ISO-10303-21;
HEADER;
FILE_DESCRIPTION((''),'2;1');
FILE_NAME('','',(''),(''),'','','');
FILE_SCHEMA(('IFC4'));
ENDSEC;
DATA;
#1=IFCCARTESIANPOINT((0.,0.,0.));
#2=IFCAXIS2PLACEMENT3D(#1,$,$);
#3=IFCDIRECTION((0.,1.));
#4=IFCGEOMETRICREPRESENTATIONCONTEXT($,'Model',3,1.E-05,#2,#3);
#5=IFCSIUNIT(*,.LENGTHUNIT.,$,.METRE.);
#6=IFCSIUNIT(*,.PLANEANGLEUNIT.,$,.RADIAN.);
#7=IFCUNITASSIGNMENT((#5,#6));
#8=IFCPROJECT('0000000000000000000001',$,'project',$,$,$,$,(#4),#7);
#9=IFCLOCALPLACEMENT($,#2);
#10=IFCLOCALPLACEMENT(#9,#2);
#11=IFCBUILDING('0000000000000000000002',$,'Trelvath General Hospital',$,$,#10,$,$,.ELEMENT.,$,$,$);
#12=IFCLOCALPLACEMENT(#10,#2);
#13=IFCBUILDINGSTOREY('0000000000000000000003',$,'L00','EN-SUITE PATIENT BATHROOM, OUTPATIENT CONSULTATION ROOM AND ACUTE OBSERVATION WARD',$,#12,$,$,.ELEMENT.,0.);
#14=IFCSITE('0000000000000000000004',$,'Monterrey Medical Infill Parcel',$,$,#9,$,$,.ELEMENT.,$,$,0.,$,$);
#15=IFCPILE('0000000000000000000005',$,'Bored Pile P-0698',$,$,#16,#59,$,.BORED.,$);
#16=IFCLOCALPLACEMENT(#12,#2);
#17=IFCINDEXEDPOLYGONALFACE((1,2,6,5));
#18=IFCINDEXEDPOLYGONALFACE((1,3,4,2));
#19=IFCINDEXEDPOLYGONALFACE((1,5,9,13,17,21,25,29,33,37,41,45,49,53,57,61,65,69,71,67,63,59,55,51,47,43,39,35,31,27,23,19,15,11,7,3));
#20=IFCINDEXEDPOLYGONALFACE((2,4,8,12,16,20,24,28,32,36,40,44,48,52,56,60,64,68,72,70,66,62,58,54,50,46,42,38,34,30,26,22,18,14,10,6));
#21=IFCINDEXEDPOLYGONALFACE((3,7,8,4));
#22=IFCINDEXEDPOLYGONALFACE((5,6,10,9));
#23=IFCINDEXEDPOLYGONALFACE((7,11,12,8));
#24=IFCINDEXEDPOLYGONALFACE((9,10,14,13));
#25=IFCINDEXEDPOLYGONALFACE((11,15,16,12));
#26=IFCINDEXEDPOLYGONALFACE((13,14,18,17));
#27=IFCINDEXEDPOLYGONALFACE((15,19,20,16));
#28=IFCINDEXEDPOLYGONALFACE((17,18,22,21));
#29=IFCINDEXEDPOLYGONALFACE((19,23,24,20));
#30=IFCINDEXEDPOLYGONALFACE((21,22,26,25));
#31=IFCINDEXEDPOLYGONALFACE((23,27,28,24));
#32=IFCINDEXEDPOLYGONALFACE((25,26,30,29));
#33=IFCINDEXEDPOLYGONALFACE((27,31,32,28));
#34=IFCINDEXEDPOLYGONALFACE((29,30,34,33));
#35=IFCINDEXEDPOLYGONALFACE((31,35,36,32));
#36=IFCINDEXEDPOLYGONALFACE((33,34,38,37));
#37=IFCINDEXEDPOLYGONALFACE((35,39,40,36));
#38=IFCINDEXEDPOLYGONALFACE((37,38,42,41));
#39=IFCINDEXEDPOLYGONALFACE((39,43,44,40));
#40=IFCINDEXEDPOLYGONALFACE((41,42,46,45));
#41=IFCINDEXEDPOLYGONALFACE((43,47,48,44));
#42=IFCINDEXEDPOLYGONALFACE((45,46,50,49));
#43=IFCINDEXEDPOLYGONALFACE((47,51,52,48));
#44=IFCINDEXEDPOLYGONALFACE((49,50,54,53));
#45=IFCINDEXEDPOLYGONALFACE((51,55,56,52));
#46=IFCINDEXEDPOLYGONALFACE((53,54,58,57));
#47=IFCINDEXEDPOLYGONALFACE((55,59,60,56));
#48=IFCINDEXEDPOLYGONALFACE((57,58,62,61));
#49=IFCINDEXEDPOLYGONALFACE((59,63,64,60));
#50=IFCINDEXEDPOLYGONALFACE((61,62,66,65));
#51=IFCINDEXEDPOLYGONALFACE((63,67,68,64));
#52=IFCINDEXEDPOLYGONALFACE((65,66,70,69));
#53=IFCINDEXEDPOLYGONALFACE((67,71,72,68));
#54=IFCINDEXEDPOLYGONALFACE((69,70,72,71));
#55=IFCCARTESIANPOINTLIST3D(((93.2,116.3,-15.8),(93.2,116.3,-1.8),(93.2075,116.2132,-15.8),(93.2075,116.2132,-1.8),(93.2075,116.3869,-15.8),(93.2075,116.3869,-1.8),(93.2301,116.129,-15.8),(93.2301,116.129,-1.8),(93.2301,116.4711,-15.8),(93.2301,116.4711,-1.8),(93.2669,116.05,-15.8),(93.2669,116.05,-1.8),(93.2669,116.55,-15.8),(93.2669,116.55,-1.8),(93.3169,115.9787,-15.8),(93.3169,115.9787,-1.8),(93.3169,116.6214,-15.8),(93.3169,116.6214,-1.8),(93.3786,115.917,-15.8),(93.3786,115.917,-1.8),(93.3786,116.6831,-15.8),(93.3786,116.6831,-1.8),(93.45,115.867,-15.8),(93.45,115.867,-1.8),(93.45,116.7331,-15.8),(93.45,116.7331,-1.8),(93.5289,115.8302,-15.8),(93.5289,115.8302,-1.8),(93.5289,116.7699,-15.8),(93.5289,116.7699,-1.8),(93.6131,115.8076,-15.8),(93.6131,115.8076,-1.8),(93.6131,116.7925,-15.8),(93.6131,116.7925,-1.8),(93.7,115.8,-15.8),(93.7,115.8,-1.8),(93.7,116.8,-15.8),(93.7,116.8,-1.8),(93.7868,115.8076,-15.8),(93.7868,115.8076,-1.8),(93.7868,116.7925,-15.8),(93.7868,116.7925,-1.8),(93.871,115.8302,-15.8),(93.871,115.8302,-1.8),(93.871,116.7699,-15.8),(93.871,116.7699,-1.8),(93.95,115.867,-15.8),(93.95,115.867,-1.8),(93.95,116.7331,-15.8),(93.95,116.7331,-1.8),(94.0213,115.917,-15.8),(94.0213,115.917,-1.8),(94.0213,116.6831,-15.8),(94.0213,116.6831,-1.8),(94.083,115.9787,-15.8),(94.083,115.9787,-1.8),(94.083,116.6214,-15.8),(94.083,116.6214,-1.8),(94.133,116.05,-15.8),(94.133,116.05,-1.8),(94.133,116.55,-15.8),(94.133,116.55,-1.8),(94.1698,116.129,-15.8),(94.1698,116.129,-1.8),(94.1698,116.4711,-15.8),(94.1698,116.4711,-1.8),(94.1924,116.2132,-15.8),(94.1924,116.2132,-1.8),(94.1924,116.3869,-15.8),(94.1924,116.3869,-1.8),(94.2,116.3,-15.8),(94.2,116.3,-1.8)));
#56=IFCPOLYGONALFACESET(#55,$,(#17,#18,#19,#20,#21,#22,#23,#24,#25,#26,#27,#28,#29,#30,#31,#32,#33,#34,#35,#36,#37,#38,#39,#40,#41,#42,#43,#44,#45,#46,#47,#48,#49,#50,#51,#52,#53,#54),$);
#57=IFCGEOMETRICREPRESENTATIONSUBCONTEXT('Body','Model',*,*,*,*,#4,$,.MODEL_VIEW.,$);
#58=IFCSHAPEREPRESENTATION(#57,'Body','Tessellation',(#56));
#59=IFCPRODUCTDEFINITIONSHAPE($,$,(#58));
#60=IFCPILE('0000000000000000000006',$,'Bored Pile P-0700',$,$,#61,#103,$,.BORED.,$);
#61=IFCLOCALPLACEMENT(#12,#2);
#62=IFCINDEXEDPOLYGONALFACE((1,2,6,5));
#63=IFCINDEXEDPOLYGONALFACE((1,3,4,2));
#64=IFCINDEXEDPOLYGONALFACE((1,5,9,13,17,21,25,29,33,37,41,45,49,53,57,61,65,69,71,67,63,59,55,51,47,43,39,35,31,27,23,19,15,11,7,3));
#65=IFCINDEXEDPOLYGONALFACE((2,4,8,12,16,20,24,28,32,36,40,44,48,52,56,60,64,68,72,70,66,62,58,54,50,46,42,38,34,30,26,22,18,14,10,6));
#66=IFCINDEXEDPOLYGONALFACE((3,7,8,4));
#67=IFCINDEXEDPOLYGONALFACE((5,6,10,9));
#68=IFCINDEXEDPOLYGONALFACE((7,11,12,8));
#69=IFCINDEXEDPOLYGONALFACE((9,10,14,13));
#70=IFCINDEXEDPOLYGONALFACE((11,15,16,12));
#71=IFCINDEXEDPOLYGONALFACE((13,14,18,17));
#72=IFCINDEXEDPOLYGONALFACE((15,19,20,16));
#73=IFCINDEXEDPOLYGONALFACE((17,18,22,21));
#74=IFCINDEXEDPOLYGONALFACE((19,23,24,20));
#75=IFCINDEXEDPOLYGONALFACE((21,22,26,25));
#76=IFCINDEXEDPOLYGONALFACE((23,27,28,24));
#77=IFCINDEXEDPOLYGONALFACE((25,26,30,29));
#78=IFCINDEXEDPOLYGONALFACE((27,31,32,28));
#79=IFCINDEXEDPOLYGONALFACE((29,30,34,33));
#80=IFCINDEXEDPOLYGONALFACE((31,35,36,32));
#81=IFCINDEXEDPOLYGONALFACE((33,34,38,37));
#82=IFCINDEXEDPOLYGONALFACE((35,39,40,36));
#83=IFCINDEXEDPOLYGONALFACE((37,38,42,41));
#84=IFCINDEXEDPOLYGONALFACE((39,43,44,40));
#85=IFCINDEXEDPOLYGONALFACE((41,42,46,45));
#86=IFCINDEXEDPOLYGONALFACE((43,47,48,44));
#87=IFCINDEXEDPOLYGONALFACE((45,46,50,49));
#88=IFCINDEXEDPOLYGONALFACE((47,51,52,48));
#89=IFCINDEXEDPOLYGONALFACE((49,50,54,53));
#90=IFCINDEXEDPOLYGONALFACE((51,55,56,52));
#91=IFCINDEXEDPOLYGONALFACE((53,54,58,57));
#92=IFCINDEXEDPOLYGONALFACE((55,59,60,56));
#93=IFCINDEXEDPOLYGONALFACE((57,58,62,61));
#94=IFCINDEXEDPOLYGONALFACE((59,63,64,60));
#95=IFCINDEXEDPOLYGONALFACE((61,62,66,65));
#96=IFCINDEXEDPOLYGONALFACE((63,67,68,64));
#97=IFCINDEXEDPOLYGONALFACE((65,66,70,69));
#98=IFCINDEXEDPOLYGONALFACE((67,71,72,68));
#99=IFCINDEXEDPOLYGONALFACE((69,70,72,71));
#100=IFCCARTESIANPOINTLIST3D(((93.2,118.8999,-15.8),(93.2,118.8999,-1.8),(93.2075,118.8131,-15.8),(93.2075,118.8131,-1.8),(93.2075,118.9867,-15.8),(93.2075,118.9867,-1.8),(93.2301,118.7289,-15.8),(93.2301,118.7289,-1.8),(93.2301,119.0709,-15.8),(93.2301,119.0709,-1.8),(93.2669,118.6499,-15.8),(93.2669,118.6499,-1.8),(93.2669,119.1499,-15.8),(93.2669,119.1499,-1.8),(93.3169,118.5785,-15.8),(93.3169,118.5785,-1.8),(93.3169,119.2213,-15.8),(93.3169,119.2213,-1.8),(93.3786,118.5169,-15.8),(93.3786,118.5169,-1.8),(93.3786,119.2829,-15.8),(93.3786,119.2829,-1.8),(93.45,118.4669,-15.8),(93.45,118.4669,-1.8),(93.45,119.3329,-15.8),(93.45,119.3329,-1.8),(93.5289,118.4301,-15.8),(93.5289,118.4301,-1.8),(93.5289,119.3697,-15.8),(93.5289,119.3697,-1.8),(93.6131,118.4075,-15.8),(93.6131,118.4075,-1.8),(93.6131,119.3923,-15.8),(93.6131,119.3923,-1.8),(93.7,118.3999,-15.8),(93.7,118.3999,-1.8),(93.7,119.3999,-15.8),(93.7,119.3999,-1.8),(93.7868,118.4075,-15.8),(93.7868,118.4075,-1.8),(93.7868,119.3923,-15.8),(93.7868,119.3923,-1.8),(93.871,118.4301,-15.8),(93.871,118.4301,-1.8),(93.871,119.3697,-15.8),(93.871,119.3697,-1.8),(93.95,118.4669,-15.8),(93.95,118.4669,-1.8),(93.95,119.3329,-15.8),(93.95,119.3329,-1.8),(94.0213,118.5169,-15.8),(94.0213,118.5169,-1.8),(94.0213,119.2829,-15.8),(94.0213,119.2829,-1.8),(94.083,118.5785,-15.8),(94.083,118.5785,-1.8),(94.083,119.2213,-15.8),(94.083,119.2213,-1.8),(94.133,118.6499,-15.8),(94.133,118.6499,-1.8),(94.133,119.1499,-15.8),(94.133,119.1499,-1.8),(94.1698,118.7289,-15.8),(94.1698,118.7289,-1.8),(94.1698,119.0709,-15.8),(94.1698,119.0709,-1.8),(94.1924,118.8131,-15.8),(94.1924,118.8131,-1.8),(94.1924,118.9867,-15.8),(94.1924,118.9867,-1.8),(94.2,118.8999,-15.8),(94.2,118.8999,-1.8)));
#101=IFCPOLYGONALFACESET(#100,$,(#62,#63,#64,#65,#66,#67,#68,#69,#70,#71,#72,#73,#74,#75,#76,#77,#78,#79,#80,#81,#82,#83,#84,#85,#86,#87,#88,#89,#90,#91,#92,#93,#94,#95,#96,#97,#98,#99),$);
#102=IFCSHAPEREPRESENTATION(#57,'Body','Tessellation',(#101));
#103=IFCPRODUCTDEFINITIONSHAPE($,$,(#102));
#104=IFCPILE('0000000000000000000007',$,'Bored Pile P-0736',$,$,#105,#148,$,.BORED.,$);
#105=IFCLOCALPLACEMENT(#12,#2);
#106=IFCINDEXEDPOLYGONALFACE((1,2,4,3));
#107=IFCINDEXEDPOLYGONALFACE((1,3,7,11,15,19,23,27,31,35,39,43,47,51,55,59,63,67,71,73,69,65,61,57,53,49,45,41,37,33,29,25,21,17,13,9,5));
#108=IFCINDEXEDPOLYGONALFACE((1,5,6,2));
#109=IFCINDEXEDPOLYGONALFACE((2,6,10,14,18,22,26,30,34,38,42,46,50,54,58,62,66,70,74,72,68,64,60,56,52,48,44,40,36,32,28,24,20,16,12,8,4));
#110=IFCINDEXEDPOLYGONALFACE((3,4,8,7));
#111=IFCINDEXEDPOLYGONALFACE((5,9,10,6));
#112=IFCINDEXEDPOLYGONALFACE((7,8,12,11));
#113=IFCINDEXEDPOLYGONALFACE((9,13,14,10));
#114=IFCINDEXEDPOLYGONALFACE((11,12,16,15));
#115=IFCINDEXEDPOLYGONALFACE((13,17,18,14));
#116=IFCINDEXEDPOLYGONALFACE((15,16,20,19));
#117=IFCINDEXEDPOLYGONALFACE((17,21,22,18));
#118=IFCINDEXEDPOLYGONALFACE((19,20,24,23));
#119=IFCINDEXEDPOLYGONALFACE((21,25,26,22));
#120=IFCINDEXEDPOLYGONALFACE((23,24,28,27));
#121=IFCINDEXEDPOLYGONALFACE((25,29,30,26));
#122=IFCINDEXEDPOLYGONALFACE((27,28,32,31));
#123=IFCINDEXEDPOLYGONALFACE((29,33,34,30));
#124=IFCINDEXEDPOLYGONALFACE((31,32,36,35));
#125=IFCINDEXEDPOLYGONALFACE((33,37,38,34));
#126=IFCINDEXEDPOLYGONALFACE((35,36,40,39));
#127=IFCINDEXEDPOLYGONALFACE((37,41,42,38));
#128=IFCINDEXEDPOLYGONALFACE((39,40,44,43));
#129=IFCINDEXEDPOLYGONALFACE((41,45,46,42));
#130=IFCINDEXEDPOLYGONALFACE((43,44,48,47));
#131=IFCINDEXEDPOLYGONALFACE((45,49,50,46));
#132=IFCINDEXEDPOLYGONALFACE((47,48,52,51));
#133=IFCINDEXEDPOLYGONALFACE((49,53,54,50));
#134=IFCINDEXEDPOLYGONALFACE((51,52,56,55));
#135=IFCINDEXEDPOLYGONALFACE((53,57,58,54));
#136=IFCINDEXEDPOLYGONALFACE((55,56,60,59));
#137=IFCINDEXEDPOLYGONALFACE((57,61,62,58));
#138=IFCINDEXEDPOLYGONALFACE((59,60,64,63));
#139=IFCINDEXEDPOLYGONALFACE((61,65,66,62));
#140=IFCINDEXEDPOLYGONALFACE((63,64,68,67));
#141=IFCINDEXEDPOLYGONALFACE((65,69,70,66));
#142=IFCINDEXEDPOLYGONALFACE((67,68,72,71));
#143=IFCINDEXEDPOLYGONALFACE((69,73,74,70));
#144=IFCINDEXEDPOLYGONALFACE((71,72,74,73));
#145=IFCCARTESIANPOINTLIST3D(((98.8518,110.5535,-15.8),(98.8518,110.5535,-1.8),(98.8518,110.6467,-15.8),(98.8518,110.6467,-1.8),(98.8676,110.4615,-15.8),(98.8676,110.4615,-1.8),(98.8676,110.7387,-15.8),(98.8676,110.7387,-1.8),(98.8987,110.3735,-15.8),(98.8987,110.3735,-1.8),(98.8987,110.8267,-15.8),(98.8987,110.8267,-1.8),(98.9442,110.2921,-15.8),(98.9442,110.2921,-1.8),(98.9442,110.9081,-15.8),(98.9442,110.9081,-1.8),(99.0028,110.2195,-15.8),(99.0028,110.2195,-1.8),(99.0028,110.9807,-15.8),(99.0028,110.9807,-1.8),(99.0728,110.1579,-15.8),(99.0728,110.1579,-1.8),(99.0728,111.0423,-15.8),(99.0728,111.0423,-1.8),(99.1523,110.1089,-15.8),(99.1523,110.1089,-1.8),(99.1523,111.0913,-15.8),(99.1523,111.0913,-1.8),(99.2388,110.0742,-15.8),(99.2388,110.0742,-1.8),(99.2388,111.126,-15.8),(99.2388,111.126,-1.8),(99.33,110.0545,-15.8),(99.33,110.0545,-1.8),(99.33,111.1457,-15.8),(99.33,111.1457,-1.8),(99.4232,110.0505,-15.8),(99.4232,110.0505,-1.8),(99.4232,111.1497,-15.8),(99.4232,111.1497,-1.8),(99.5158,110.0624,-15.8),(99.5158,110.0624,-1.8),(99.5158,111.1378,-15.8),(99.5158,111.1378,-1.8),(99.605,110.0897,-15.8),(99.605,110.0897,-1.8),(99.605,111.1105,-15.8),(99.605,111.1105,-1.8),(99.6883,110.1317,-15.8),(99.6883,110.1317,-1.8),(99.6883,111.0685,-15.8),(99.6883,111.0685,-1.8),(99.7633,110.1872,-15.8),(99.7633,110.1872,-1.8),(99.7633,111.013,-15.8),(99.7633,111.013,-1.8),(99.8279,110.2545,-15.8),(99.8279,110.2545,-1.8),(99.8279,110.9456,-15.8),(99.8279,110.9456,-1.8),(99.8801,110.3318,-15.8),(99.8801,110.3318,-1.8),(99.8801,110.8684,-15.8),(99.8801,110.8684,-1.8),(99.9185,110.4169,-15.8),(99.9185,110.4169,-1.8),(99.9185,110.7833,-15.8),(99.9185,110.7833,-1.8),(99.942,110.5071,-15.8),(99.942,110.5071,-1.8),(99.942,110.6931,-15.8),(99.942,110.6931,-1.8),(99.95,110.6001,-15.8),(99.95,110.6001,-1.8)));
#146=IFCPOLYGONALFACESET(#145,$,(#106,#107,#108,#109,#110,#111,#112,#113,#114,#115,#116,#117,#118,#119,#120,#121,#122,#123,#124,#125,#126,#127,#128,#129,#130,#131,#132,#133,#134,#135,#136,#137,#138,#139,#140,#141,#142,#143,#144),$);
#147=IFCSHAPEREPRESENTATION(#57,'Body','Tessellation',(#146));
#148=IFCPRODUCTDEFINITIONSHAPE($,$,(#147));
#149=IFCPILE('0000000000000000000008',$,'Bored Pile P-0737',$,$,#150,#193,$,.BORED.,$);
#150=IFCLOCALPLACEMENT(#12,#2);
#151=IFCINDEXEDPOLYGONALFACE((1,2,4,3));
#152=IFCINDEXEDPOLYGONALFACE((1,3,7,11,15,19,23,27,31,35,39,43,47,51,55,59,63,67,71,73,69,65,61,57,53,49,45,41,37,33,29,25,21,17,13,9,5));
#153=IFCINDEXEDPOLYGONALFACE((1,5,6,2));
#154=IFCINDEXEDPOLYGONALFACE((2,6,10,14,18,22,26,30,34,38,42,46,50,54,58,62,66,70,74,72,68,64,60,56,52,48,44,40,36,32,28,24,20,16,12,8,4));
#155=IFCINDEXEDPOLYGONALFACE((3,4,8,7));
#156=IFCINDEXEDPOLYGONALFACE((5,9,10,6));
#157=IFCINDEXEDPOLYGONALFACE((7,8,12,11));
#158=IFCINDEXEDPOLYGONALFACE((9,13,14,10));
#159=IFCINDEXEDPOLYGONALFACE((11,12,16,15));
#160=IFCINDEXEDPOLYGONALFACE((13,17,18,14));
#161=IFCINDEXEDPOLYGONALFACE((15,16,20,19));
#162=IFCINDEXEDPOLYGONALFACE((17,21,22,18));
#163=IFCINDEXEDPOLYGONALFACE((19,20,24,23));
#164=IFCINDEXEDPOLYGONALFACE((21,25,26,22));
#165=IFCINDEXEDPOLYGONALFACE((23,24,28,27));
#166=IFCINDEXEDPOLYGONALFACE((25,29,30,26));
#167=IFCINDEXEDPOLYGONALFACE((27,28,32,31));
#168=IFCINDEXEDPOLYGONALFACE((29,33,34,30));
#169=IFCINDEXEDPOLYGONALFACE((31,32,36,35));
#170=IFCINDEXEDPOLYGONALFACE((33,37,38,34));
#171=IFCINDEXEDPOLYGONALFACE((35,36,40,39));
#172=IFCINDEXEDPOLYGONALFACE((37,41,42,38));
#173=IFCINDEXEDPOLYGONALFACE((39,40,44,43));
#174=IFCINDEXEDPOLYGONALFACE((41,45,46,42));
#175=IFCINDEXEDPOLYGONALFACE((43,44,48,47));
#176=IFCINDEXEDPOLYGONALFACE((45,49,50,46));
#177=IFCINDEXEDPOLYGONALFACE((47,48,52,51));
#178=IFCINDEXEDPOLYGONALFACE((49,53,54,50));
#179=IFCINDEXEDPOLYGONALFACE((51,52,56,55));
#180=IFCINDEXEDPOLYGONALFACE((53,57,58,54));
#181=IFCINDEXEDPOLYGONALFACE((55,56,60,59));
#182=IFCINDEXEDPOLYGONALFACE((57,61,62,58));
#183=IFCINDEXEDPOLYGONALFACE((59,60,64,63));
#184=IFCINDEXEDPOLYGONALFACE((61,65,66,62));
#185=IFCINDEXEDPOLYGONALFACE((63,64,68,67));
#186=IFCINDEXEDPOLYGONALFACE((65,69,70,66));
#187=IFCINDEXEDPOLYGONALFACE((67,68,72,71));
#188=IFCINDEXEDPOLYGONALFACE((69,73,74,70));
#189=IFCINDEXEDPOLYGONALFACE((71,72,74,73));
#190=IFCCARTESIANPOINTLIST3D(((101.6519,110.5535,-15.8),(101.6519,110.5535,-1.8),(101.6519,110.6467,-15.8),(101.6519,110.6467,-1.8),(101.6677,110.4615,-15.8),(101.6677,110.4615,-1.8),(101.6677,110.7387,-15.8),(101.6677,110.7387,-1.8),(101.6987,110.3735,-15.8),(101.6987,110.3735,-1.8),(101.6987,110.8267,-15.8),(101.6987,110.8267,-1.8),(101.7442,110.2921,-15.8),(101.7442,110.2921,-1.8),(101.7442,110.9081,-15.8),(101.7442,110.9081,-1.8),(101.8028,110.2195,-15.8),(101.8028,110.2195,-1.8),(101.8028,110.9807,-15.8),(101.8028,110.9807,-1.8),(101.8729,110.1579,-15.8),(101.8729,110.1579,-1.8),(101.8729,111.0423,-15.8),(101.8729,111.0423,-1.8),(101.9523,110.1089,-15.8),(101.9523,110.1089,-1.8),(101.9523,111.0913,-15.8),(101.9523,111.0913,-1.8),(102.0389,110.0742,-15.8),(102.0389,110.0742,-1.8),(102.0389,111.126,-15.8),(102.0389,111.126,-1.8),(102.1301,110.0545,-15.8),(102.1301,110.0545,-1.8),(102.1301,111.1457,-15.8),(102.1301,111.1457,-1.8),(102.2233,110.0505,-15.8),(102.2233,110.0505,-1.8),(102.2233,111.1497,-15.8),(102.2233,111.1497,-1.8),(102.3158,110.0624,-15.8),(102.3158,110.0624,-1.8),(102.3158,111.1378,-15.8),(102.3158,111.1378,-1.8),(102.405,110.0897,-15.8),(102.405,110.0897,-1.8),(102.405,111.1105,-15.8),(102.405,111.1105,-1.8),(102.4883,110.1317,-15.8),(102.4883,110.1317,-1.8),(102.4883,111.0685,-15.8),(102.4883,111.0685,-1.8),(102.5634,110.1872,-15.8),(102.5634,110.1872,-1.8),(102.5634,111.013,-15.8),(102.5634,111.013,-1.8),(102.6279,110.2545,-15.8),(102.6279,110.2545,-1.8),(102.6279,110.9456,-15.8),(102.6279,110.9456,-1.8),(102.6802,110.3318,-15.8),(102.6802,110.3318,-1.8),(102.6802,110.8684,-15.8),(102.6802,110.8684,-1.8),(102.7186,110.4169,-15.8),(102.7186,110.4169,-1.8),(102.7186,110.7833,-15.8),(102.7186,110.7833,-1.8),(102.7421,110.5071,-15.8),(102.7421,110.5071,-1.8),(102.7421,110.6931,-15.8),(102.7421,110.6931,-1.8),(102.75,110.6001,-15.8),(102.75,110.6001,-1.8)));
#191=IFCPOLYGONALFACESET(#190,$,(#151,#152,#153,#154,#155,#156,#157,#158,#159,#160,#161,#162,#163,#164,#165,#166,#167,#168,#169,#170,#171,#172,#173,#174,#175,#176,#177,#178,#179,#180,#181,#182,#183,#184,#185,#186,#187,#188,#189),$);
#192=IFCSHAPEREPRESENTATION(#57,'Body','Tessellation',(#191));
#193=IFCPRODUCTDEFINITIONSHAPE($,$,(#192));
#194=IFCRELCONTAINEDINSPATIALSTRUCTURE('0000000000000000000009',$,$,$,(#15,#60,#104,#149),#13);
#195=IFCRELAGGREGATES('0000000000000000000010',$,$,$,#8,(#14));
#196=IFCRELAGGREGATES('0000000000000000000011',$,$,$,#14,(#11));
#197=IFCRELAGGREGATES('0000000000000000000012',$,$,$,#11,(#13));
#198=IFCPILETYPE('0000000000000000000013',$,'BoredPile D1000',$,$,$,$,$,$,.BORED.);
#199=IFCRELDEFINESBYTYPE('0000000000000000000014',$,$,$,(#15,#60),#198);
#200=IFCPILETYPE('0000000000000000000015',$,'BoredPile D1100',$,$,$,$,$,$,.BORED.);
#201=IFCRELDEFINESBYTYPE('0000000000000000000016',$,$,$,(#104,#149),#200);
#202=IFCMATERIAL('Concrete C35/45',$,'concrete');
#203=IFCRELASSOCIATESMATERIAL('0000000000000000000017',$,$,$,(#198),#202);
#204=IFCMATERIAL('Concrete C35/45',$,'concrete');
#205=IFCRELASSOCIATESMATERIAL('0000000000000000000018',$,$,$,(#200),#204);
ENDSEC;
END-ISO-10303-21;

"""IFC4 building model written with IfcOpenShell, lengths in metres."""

from ifc_helpers import new_model, si_unit, direction, frame, origin, origin_2d, place, context, subcontext, project, spatial, circle, extrude, material, material_profile, profile_set, type_object, element, save


model = new_model("IFC4")

# Units and contexts
model_context = context("Model", 3, precision=1e-05, world=origin(), true_north=direction((0.0, 1.0)))
body_context = subcontext(model_context, "Body", "Model", "MODEL_VIEW")
ifc_project = project(units=[si_unit("LENGTHUNIT", "METRE"), si_unit("PLANEANGLEUNIT", "RADIAN")], contexts=[model_context])

# Site, building, storey
site_placement = place(None, origin())
site = spatial("IfcSite", under=ifc_project, at=site_placement, Name="Monterrey Medical Infill Parcel", CompositionType="ELEMENT", RefElevation=0.0)
building_placement = place(site_placement, origin())
building = spatial("IfcBuilding", under=site, at=building_placement, Name="Trelvath General Hospital", CompositionType="ELEMENT")
storey_placement = place(building_placement, origin())
storey = spatial("IfcBuildingStorey", under=building, at=storey_placement, Name="L00", Description="EN-SUITE PATIENT BATHROOM, OUTPATIENT CONSULTATION ROOM AND ACUTE OBSERVATION WARD", CompositionType="ELEMENT", Elevation=0.0)

# Piles
ifc_material_1 = material(Name="Concrete C35/45", Category="concrete")
ifc_material_profile_1 = material_profile(ifc_material_1, circle(Radius=0.5, at=origin_2d()), Name="PILE1000")
ifc_profile_set_1 = profile_set([ifc_material_profile_1], Name="Concrete C35/45")
pile_type_1 = type_object("IfcPileType", Name="BoredPile D1000", PredefinedType="BORED", material=ifc_profile_set_1)
for number, where, z_axis, x_axis, name in (
    (1, (93.7, 116.3, -1.8), (0.0, 0.0, -1.0), (1.0, 0.0, 0.0), "Bored Pile P-0698"),
    (2, (93.7, 118.8999, -1.8), (0.0, 0.0, -1.0), (1.0, 0.0, 0.0), "Bored Pile P-0700"),
):
    element("IfcPile", number, at=place(storey_placement, frame(where, z_axis=z_axis, x_axis=x_axis)), inside=storey, type_object=pile_type_1, Name=name, PredefinedType="BORED", context=body_context, shape_type="SweptSolid", body=[
        extrude(circle(Radius=0.5, at=origin_2d()), origin(), (0.0, 0.0, 1.0), 14.0),
    ])
ifc_material_2 = material(Name="Concrete C35/45", Category="concrete")
ifc_material_profile_2 = material_profile(ifc_material_2, circle(Radius=0.55, at=origin_2d()), Name="PILE1100")
ifc_profile_set_2 = profile_set([ifc_material_profile_2], Name="Concrete C35/45")
pile_type_2 = type_object("IfcPileType", Name="BoredPile D1100", PredefinedType="BORED", material=ifc_profile_set_2)
for number, where, z_axis, x_axis, name in (
    (3, (99.3999, 110.6001, -1.8), (0.0, 0.0, -1.0), (1.0, 0.0, 0.0), "Bored Pile P-0736"),
    (4, (102.2, 110.6001, -1.8), (0.0, 0.0, -1.0), (1.0, 0.0, 0.0), "Bored Pile P-0737"),
):
    element("IfcPile", number, at=place(storey_placement, frame(where, z_axis=z_axis, x_axis=x_axis)), inside=storey, type_object=pile_type_2, Name=name, PredefinedType="BORED", context=body_context, shape_type="SweptSolid", body=[
        extrude(circle(Radius=0.55, at=origin_2d()), origin(), (0.0, 0.0, 1.0), 14.0),
    ])

save(model, "model.ifc")
